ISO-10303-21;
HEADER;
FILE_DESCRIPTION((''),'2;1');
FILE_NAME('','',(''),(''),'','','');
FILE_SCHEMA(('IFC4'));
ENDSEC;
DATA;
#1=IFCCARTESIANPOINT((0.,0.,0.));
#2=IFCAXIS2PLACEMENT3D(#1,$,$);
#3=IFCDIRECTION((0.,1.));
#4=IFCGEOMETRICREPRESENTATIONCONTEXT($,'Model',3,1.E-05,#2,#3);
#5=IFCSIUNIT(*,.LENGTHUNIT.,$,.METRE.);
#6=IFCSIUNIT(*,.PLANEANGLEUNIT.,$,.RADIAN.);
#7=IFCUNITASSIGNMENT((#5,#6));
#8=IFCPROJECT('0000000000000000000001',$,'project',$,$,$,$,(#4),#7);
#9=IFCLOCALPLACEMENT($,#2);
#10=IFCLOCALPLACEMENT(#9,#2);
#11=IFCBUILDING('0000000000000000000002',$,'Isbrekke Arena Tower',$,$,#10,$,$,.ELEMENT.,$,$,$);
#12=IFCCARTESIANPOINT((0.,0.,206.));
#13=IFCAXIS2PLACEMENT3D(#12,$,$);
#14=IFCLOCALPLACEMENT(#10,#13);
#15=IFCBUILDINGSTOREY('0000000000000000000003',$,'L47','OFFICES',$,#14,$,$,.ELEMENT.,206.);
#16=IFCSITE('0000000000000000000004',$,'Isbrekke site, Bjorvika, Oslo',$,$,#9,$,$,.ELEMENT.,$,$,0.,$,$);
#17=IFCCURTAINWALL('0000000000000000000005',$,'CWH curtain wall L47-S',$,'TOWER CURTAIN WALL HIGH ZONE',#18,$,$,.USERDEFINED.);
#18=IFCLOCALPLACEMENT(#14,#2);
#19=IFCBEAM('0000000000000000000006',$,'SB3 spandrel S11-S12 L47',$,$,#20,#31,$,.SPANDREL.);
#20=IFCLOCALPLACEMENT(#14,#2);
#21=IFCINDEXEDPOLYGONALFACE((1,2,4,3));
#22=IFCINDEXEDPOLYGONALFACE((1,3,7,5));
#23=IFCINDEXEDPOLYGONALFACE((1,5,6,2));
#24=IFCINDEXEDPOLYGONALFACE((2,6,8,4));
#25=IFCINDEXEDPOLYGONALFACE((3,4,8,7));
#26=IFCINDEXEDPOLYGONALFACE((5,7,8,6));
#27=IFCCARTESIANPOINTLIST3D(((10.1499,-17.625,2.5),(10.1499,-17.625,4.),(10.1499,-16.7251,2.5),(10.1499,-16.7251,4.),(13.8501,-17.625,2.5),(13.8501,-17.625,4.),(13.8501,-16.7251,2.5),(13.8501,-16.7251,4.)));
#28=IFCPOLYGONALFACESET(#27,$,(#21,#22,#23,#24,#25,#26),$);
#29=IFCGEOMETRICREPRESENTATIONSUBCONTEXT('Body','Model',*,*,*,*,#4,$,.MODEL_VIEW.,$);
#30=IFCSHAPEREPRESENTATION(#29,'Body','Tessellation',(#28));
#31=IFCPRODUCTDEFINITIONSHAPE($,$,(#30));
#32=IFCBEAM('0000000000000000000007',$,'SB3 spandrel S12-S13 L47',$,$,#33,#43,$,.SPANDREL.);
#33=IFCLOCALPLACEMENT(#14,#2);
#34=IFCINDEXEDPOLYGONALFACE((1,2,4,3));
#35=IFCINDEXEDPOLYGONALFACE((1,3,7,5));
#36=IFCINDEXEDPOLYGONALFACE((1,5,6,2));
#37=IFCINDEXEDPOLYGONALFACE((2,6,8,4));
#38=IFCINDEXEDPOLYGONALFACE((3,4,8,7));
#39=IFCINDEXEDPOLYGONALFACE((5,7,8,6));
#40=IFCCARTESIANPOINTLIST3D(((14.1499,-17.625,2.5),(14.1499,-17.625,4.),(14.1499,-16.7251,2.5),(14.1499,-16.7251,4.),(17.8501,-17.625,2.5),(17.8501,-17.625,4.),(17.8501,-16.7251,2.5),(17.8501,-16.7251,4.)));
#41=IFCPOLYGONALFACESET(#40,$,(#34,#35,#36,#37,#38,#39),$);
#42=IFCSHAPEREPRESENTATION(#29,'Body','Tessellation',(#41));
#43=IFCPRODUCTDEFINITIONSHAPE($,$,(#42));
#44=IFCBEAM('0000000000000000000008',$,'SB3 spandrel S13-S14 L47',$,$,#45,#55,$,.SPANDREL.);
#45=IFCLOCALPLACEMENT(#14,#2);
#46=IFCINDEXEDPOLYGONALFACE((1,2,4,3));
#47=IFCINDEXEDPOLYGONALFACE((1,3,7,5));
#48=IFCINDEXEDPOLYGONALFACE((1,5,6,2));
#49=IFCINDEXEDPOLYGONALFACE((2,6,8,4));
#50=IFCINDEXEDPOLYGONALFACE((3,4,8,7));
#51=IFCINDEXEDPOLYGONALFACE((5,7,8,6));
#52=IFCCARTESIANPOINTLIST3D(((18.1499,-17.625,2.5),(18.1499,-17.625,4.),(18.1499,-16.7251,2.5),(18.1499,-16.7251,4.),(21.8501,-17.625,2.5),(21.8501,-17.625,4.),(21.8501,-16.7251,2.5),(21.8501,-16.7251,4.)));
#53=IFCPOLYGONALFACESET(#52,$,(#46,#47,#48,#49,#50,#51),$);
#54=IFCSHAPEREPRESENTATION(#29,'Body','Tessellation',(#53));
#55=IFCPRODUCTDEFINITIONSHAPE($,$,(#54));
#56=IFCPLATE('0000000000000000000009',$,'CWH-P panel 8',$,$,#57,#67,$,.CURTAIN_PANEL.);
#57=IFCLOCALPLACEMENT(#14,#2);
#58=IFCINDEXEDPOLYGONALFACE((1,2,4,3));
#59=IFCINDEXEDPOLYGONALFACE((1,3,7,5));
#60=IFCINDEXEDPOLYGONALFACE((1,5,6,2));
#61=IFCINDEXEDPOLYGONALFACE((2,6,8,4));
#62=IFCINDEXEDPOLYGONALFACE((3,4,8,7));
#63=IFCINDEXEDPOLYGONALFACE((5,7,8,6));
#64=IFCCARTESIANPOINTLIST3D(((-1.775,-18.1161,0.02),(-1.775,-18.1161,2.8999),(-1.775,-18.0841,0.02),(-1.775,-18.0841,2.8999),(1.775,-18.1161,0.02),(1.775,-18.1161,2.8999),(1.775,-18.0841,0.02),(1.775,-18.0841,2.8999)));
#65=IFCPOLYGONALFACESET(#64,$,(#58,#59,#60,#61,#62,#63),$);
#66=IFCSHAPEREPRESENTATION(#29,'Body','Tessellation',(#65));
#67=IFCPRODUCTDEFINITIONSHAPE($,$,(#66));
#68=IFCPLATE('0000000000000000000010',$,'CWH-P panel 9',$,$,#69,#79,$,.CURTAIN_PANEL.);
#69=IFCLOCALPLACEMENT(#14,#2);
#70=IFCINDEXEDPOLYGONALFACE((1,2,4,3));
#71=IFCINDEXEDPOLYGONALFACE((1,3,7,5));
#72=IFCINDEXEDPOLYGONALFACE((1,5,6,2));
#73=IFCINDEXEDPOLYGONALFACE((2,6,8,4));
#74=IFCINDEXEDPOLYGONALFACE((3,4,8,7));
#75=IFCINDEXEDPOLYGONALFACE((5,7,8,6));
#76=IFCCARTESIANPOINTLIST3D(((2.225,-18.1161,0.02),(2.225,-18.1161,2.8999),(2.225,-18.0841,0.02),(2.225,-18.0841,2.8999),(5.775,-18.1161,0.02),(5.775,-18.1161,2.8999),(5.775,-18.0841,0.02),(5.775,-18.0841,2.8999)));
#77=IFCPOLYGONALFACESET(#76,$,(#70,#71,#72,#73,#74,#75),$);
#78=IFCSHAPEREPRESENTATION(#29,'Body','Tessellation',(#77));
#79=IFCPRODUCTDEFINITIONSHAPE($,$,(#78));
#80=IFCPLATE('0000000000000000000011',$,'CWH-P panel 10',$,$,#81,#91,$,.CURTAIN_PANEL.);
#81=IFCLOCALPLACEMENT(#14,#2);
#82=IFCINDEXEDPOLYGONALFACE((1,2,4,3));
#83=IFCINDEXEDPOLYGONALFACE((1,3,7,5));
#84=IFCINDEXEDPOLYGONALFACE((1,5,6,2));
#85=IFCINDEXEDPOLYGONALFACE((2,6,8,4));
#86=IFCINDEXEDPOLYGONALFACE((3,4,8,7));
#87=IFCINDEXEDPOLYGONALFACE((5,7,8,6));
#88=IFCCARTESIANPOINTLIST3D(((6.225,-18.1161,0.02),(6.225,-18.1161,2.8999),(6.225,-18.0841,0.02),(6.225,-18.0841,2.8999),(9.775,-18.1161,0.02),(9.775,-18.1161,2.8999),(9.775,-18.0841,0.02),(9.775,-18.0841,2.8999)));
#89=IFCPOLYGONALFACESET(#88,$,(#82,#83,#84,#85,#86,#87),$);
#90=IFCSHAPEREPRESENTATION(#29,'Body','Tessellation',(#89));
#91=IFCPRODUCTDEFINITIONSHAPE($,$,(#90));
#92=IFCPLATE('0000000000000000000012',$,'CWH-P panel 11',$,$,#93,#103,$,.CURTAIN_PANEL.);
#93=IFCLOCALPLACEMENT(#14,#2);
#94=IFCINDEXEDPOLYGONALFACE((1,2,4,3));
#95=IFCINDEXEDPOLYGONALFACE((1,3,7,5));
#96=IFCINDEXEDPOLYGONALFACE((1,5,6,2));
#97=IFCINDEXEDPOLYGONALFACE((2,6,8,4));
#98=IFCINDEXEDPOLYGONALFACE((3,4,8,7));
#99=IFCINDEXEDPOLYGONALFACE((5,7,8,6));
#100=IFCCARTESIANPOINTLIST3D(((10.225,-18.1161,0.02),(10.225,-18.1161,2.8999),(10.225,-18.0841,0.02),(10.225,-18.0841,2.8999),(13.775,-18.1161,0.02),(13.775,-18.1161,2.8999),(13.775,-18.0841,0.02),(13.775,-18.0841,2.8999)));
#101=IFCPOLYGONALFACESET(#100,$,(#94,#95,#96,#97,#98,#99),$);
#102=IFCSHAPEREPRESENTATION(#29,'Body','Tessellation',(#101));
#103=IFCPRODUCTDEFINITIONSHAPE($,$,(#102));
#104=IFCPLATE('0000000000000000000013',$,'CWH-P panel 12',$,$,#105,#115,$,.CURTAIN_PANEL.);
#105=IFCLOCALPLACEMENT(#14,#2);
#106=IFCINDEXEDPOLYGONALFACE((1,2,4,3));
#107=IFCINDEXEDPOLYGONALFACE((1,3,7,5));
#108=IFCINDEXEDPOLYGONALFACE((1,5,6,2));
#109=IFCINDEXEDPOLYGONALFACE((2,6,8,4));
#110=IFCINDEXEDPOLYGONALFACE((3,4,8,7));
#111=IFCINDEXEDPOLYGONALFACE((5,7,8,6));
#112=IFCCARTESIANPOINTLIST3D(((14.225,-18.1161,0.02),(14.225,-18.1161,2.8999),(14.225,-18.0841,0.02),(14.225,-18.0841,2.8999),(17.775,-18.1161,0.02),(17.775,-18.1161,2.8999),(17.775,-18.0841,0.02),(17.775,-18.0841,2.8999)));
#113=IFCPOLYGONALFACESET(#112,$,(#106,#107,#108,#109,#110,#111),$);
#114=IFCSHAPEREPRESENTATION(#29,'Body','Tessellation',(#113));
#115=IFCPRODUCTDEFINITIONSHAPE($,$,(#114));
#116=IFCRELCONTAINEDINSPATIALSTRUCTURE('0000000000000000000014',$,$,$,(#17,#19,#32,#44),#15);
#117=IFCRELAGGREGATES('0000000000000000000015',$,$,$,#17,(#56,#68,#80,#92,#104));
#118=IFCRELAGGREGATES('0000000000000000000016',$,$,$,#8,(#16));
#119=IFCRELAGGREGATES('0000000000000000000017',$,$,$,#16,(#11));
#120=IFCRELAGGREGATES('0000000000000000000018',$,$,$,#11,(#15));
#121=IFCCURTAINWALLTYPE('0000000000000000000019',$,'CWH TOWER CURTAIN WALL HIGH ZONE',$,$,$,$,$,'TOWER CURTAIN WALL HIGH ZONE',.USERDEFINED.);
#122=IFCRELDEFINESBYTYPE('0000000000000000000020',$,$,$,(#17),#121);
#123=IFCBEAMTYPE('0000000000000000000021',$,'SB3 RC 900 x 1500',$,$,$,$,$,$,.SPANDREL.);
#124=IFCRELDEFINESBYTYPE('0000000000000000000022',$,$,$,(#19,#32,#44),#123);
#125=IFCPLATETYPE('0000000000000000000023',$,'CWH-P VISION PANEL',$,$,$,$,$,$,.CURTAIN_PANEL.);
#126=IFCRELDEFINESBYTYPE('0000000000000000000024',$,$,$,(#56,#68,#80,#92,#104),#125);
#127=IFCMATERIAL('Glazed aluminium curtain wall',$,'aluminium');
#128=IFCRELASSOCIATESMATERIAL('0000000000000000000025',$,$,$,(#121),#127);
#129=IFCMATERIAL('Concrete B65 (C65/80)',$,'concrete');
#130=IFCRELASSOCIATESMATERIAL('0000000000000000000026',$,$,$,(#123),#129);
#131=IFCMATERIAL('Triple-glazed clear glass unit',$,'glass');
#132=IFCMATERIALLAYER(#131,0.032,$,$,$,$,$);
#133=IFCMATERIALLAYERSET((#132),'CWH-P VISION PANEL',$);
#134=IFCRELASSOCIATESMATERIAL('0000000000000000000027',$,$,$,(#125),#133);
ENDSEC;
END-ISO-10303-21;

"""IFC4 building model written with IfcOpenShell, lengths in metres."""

from ifc_helpers import new_model, si_unit, direction, frame, origin, origin_2d, place, context, subcontext, project, spatial, rectangle, extrude, material, layer, layer_set, material_profile, profile_set, type_object, element, aggregate, save


model = new_model("IFC4")

# Units and contexts
model_context = context("Model", 3, precision=1e-05, world=origin(), true_north=direction((0.0, 1.0)))
body_context = subcontext(model_context, "Body", "Model", "MODEL_VIEW")
ifc_project = project(units=[si_unit("LENGTHUNIT", "METRE"), si_unit("PLANEANGLEUNIT", "RADIAN")], contexts=[model_context])

# Site, building, storey
site_placement = place(None, origin())
site = spatial("IfcSite", under=ifc_project, at=site_placement, Name="Isbrekke site, Bjorvika, Oslo", CompositionType="ELEMENT", RefElevation=0.0)
building_placement = place(site_placement, origin())
building = spatial("IfcBuilding", under=site, at=building_placement, Name="Isbrekke Arena Tower", CompositionType="ELEMENT")
storey_placement = place(building_placement, frame((0.0, 0.0, 206.0)))
storey = spatial("IfcBuildingStorey", under=building, at=storey_placement, Name="L47", Description="OFFICES", CompositionType="ELEMENT", Elevation=206.0)

# Curtain wall
ifc_material_1 = material(Name="Glazed aluminium curtain wall", Category="aluminium")
curtain_wall_type = type_object("IfcCurtainWallType", Name="CWH TOWER CURTAIN WALL HIGH ZONE", ElementType="TOWER CURTAIN WALL HIGH ZONE", PredefinedType="USERDEFINED", material=ifc_material_1)
curtain_wall_placement = place(storey_placement, origin())
curtain_wall = element("IfcCurtainWall", 1, at=curtain_wall_placement, inside=storey, type_object=curtain_wall_type, Name="CWH curtain wall L47-S", ObjectType="TOWER CURTAIN WALL HIGH ZONE", PredefinedType="USERDEFINED")

# Beams
ifc_material_2 = material(Name="Concrete B65 (C65/80)", Category="concrete")
ifc_material_profile_1 = material_profile(ifc_material_2, rectangle(XDim=0.8999, YDim=1.5, at=origin_2d()), Name="RC 900x1500")
ifc_profile_set_1 = profile_set([ifc_material_profile_1], Name="Concrete B65 (C65/80)")
beam_type_1 = type_object("IfcBeamType", Name="SB3 RC 900 x 1500", PredefinedType="SPANDREL", material=ifc_profile_set_1)
for number, where, z_axis, x_axis, name in (
    (2, (10.1499, -17.175, 3.25), (1.0, 0.0, 0.0), (0.0, 1.0, 0.0), "SB3 spandrel S11-S12 L47"),
    (3, (14.1499, -17.175, 3.25), (1.0, 0.0, 0.0), (0.0, 1.0, 0.0), "SB3 spandrel S12-S13 L47"),
    (4, (18.1499, -17.175, 3.25), (1.0, 0.0, 0.0), (0.0, 1.0, 0.0), "SB3 spandrel S13-S14 L47"),
):
    element("IfcBeam", number, at=place(storey_placement, frame(where, z_axis=z_axis, x_axis=x_axis)), inside=storey, type_object=beam_type_1, Name=name, PredefinedType="SPANDREL", context=body_context, shape_type="SweptSolid", body=[
        extrude(rectangle(XDim=0.8999, YDim=1.5, at=origin_2d()), origin(), (0.0, 0.0, 1.0), 3.7002),
    ])

# Plates
ifc_material_3 = material(Name="Triple-glazed clear glass unit", Category="glass")
ifc_layer = layer(ifc_material_3, 0.032)
ifc_layer_set = layer_set([ifc_layer], Name="CWH-P VISION PANEL")
plate_type = type_object("IfcPlateType", Name="CWH-P VISION PANEL", PredefinedType="CURTAIN_PANEL", material=ifc_layer_set)
plate_1_placement = place(storey_placement, frame((0.0, -18.1001, 0.02), z_axis=(0.0, 0.0, 1.0), x_axis=(1.0, 0.0, 0.0)))
plate_1 = element("IfcPlate", 5, at=plate_1_placement, type_object=plate_type, Name="CWH-P panel 8", PredefinedType="CURTAIN_PANEL", context=body_context, shape_type="SweptSolid", body=[
    extrude(rectangle(XDim=3.55, YDim=0.032, at=origin_2d()), origin(), (0.0, 0.0, 1.0), 2.8799),
])
plate_2_placement = place(storey_placement, frame((4.0, -18.1001, 0.02), z_axis=(0.0, 0.0, 1.0), x_axis=(1.0, 0.0, 0.0)))
plate_2 = element("IfcPlate", 6, at=plate_2_placement, type_object=plate_type, Name="CWH-P panel 9", PredefinedType="CURTAIN_PANEL", context=body_context, shape_type="SweptSolid", body=[
    extrude(rectangle(XDim=3.55, YDim=0.032, at=origin_2d()), origin(), (0.0, 0.0, 1.0), 2.8799),
])
plate_3_placement = place(storey_placement, frame((8.0, -18.1001, 0.02), z_axis=(0.0, 0.0, 1.0), x_axis=(1.0, 0.0, 0.0)))
plate_3 = element("IfcPlate", 7, at=plate_3_placement, type_object=plate_type, Name="CWH-P panel 10", PredefinedType="CURTAIN_PANEL", context=body_context, shape_type="SweptSolid", body=[
    extrude(rectangle(XDim=3.55, YDim=0.032, at=origin_2d()), origin(), (0.0, 0.0, 1.0), 2.8799),
])
plate_4_placement = place(storey_placement, frame((12.0, -18.1001, 0.02), z_axis=(0.0, 0.0, 1.0), x_axis=(1.0, 0.0, 0.0)))
plate_4 = element("IfcPlate", 8, at=plate_4_placement, type_object=plate_type, Name="CWH-P panel 11", PredefinedType="CURTAIN_PANEL", context=body_context, shape_type="SweptSolid", body=[
    extrude(rectangle(XDim=3.55, YDim=0.032, at=origin_2d()), origin(), (0.0, 0.0, 1.0), 2.8799),
])
plate_5_placement = place(storey_placement, frame((16.0, -18.1001, 0.02), z_axis=(0.0, 0.0, 1.0), x_axis=(1.0, 0.0, 0.0)))
plate_5 = element("IfcPlate", 9, at=plate_5_placement, type_object=plate_type, Name="CWH-P panel 12", PredefinedType="CURTAIN_PANEL", context=body_context, shape_type="SweptSolid", body=[
    extrude(rectangle(XDim=3.55, YDim=0.032, at=origin_2d()), origin(), (0.0, 0.0, 1.0), 2.8799),
])
aggregate(curtain_wall, [plate_1, plate_2, plate_3, plate_4, plate_5])

save(model, "model.ifc")
